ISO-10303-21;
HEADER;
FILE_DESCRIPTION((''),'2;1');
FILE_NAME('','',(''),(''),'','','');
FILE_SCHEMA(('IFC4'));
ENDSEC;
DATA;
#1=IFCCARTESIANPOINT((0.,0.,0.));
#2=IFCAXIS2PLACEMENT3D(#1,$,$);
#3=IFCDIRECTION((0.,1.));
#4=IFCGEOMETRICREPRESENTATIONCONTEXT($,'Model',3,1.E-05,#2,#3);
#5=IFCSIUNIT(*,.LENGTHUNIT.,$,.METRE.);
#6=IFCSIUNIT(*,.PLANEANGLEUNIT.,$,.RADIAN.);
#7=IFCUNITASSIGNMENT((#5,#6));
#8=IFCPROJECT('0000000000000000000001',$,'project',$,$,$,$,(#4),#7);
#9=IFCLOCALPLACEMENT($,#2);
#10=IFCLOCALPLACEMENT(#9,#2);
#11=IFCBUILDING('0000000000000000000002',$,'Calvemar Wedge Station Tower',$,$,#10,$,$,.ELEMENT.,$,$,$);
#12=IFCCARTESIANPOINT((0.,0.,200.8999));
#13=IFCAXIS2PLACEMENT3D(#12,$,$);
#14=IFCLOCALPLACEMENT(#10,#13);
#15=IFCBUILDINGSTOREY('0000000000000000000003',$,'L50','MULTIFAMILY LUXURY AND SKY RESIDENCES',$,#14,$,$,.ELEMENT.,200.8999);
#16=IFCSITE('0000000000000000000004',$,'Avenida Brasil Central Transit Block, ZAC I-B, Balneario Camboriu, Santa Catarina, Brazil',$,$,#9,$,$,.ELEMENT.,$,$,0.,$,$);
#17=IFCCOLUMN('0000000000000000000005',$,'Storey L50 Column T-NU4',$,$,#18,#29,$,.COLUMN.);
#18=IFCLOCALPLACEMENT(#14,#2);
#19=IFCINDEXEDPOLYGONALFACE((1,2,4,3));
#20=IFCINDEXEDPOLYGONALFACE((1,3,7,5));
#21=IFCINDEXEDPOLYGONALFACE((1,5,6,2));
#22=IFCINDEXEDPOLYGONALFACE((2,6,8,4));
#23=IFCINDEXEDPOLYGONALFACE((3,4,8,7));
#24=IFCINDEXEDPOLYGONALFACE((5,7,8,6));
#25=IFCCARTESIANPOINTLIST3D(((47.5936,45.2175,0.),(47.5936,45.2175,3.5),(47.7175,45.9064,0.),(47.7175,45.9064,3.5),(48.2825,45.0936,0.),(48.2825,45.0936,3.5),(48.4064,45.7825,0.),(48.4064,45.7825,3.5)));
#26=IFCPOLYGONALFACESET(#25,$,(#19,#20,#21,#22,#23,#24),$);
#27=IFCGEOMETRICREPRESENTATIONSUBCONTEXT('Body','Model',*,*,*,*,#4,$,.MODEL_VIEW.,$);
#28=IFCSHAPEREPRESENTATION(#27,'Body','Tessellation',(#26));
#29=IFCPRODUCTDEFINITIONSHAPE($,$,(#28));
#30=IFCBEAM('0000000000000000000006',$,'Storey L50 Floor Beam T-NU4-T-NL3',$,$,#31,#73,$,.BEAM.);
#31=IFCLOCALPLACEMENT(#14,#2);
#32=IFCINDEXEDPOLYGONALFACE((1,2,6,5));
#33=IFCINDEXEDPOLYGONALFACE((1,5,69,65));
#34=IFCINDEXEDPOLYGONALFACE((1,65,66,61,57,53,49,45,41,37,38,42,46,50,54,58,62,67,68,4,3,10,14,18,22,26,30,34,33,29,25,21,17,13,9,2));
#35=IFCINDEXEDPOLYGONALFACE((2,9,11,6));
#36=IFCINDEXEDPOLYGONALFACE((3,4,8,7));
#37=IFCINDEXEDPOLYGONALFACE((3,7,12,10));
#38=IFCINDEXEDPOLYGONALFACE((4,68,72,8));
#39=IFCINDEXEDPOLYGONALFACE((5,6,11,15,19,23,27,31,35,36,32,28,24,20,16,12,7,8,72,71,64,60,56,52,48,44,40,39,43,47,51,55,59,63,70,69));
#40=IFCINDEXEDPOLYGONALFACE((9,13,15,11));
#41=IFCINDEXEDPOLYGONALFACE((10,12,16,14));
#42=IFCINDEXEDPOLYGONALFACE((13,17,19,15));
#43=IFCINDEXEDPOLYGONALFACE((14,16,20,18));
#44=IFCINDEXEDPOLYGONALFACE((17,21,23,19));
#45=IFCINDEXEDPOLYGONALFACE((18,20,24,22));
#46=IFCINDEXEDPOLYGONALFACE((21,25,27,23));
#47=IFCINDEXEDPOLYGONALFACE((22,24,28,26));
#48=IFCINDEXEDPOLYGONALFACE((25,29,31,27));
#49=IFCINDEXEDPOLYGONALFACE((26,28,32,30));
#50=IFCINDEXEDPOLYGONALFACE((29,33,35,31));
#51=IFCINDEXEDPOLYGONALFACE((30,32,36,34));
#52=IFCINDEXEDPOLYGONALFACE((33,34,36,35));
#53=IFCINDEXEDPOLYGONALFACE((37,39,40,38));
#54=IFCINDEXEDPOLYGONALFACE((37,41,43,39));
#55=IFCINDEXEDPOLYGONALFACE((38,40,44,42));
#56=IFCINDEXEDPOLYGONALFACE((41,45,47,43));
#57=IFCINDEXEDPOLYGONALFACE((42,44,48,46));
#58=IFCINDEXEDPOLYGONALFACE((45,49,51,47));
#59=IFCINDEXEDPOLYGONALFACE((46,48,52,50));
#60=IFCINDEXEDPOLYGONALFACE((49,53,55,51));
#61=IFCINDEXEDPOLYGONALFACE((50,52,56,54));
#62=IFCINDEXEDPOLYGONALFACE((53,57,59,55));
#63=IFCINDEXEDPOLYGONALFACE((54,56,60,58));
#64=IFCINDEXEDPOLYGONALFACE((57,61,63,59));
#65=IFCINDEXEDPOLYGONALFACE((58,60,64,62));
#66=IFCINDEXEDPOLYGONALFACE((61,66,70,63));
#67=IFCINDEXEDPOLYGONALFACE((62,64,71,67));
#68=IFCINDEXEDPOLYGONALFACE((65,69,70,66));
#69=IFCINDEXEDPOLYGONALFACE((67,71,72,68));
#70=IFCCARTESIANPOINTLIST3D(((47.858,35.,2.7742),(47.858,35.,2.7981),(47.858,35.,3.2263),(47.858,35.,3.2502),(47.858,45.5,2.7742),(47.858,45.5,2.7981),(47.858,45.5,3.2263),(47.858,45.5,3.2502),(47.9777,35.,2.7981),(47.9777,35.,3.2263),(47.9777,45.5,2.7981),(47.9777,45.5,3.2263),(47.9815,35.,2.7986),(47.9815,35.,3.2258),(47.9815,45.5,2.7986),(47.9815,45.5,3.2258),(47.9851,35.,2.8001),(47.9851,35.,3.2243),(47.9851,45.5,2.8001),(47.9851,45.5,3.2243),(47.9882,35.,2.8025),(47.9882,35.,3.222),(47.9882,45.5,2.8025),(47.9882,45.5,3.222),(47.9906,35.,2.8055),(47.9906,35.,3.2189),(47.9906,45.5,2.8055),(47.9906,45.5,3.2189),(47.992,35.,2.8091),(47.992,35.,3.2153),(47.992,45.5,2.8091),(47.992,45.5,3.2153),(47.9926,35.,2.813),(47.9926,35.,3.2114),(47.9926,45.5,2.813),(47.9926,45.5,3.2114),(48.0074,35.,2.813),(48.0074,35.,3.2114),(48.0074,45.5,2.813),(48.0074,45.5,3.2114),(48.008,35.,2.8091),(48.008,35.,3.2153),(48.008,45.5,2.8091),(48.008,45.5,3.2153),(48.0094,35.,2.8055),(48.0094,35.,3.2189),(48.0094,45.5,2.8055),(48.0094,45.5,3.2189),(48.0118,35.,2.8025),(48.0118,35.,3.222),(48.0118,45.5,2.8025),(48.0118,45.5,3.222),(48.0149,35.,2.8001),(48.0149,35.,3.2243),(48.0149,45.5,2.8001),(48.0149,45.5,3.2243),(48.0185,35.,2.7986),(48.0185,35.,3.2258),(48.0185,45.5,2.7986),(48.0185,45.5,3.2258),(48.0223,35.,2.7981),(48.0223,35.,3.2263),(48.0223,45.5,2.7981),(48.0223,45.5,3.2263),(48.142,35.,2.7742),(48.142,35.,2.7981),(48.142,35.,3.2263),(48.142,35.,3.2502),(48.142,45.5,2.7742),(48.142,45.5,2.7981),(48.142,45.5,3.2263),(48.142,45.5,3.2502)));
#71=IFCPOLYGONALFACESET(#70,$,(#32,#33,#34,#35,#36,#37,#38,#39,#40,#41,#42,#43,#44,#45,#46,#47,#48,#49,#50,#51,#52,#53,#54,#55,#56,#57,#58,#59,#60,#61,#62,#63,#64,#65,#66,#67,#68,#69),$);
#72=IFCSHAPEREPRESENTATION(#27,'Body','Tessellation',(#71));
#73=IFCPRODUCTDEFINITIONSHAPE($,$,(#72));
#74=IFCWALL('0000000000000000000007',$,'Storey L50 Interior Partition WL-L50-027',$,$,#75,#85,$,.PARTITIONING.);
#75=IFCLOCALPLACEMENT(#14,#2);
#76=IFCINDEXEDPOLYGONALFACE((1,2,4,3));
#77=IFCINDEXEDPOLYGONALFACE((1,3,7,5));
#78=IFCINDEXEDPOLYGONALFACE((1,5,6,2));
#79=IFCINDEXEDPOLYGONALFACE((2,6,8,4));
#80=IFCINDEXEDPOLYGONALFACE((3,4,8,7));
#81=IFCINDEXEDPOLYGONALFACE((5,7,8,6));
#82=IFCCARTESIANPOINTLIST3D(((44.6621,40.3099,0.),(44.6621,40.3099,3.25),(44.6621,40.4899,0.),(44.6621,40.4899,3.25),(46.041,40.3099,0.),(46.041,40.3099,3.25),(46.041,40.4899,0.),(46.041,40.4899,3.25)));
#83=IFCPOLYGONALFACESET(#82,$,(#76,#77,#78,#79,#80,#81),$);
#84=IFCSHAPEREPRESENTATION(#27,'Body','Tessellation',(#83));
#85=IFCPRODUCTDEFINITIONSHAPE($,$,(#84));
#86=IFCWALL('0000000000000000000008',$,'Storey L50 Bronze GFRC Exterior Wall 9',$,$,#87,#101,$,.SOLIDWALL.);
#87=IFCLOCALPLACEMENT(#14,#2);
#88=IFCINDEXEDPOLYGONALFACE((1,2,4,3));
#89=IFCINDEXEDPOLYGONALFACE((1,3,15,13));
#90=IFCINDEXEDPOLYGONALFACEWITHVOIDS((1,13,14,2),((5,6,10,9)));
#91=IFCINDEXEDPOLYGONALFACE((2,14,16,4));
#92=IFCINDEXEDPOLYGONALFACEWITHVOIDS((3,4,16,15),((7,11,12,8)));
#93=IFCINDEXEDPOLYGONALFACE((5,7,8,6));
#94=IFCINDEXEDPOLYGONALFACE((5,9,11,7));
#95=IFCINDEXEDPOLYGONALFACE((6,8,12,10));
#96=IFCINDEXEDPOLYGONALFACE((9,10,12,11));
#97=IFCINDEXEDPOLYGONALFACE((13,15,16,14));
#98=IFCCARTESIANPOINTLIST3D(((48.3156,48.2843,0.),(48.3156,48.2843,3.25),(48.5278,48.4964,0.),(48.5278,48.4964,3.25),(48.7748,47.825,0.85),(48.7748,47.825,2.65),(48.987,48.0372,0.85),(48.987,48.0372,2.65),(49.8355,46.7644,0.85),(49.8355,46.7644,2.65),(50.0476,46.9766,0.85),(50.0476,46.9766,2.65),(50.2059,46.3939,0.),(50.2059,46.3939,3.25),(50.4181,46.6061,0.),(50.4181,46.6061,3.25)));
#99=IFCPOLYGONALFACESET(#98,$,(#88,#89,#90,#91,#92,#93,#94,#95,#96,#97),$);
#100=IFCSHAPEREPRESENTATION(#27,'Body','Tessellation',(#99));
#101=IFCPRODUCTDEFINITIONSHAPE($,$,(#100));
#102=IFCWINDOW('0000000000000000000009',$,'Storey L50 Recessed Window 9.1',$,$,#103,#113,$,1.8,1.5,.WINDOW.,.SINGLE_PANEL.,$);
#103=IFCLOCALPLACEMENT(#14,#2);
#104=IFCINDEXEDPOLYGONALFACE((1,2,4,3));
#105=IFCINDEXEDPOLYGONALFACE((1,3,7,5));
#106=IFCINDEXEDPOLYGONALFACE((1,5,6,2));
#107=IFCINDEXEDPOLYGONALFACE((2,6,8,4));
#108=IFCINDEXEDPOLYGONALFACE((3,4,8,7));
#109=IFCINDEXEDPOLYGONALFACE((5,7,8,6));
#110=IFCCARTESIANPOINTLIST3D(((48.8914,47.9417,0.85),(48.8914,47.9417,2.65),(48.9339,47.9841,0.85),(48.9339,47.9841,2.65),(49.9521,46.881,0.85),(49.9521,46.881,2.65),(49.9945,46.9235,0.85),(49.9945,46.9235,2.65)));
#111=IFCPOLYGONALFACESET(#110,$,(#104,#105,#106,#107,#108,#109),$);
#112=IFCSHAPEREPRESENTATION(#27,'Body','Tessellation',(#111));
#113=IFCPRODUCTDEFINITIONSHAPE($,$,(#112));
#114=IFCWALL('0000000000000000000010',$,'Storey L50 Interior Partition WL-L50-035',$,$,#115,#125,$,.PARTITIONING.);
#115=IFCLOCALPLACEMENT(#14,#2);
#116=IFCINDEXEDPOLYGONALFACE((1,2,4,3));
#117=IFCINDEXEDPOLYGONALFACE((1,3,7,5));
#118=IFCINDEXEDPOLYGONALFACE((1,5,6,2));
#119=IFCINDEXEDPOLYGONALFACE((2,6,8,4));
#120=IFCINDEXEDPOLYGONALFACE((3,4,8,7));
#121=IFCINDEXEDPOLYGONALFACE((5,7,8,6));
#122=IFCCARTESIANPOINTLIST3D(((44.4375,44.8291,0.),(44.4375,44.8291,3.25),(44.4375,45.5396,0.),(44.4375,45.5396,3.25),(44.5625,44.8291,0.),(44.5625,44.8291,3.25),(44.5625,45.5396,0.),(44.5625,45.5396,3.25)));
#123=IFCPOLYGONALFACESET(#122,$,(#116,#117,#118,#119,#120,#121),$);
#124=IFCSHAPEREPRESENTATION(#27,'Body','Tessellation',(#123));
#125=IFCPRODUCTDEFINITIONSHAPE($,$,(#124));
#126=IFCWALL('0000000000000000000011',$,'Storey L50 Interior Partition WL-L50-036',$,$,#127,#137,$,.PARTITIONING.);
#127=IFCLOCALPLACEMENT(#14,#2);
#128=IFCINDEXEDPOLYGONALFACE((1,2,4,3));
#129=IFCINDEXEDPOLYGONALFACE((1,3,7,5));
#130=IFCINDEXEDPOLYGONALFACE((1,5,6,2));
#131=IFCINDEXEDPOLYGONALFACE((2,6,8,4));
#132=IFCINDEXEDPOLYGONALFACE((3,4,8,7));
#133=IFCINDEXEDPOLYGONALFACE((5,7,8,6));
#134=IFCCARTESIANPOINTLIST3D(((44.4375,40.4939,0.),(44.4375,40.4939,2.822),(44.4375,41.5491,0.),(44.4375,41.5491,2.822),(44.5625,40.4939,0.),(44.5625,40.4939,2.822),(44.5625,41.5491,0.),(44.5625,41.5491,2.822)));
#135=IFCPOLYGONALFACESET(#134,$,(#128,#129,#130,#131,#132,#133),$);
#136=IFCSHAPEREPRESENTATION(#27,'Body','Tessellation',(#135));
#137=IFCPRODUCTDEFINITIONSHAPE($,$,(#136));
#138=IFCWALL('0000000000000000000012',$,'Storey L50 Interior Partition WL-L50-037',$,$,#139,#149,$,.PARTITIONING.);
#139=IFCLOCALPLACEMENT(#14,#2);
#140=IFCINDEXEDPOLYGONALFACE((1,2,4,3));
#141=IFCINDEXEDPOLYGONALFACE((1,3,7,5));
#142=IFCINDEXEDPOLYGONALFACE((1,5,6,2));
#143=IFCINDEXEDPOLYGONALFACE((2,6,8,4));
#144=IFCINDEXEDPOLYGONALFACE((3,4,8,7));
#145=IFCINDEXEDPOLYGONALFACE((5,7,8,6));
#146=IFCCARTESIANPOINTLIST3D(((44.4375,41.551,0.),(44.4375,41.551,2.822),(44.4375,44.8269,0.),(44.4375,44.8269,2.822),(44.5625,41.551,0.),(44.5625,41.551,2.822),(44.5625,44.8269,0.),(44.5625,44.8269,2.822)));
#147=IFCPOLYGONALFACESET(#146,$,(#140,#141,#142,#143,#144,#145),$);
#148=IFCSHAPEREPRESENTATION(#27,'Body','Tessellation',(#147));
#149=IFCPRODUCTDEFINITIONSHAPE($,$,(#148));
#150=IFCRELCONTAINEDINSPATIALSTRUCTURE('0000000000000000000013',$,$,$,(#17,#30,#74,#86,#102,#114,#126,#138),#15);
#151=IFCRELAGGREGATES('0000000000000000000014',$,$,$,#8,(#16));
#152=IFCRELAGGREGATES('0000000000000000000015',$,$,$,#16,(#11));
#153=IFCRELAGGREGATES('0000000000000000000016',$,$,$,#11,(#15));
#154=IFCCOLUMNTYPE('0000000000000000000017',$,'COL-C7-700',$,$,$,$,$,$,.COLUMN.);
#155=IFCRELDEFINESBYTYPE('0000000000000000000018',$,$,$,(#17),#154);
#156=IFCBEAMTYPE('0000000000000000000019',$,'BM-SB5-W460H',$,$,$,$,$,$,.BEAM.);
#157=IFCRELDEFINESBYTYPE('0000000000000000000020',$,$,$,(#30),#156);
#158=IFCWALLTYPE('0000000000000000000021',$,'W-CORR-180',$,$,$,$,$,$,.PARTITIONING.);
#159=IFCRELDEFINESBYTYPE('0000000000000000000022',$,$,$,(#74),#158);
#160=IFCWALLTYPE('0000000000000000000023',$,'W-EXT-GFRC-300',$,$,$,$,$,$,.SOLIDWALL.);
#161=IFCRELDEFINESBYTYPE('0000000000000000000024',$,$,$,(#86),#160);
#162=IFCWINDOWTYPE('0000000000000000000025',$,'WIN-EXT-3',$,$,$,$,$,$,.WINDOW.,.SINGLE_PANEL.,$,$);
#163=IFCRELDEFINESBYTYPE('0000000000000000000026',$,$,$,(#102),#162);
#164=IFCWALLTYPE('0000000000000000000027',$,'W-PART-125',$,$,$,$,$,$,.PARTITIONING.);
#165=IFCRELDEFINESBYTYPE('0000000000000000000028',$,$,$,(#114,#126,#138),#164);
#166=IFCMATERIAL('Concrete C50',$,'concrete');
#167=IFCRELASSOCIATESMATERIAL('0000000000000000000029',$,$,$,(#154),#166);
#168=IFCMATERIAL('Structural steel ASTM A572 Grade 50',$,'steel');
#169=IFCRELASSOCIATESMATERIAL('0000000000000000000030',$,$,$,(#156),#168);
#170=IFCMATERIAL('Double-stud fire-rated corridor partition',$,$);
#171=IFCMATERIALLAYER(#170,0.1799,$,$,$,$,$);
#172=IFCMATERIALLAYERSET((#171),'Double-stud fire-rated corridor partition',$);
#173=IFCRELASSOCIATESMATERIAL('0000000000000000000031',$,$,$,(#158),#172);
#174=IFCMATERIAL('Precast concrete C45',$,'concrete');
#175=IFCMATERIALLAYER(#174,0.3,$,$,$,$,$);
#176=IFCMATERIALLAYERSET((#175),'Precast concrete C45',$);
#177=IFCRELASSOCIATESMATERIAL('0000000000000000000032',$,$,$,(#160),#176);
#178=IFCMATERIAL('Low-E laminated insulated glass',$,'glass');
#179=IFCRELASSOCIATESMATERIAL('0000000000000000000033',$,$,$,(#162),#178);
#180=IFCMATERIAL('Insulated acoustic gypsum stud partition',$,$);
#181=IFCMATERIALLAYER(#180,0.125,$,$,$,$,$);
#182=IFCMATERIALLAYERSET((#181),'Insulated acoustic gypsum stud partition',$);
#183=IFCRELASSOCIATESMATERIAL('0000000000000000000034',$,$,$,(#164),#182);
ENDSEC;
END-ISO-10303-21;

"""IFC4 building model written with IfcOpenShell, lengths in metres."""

from ifc_helpers import new_model, si_unit, direction, frame, frame_2d, origin, origin_2d, place, context, subcontext, project, spatial, rectangle, i_section, extrude, source, transform, mapped, material, layer, layer_set, material_profile, profile_set, type_object, element, fill, save


model = new_model("IFC4")

# Units and contexts
model_context = context("Model", 3, precision=1e-05, world=origin(), true_north=direction((0.0, 1.0)))
body_context = subcontext(model_context, "Body", "Model", "MODEL_VIEW")
ifc_project = project(units=[si_unit("LENGTHUNIT", "METRE"), si_unit("PLANEANGLEUNIT", "RADIAN")], contexts=[model_context])

# Site, building, storey
site_placement = place(None, origin())
site = spatial("IfcSite", under=ifc_project, at=site_placement, Name="Avenida Brasil Central Transit Block, ZAC I-B, Balneario Camboriu, Santa Catarina, Brazil", CompositionType="ELEMENT", RefElevation=0.0)
building_placement = place(site_placement, origin())
building = spatial("IfcBuilding", under=site, at=building_placement, Name="Calvemar Wedge Station Tower", CompositionType="ELEMENT")
storey_placement = place(building_placement, frame((0.0, 0.0, 200.8999)))
storey = spatial("IfcBuildingStorey", under=building, at=storey_placement, Name="L50", Description="MULTIFAMILY LUXURY AND SKY RESIDENCES", CompositionType="ELEMENT", Elevation=200.8999)

# Column
ifc_material_1 = material(Name="Concrete C50", Category="concrete")
ifc_material_profile_1 = material_profile(ifc_material_1, rectangle(XDim=0.7, YDim=0.7, at=origin_2d()), Name="RC700x700")
ifc_profile_set_1 = profile_set([ifc_material_profile_1], Name="Concrete C50")
column_type = type_object("IfcColumnType", Name="COL-C7-700", PredefinedType="COLUMN", material=ifc_profile_set_1)
shared_shape_1 = source(origin(), body_context, "Body", "SweptSolid", [
    extrude(rectangle(XDim=0.7, YDim=0.7, at=origin_2d()), origin(), (0.0, 0.0, 1.0), 3.5),
])
column_placement = place(storey_placement, frame((48.0, 45.5, 0.0), z_axis=(0.0, 0.0, 1.0), x_axis=(0.984196, -0.177085, 0.0)))
element("IfcColumn", 1, at=column_placement, inside=storey, type_object=column_type, Name="Storey L50 Column T-NU4", PredefinedType="COLUMN", context=body_context, shape_type="MappedRepresentation", body=[
    mapped(shared_shape_1, transform((0.0, 0.0, 0.0), scale=1.0)),
])

# Beam
ifc_material_2 = material(Name="Structural steel ASTM A572 Grade 50", Category="steel")
ifc_material_profile_2 = material_profile(ifc_material_2, i_section(OverallWidth=0.2839, OverallDepth=0.4761, WebThickness=0.0149, FlangeThickness=0.0239, FilletRadius=0.0149, at=origin_2d()), Name="W460x158")
ifc_profile_set_2 = profile_set([ifc_material_profile_2], Name="Structural steel ASTM A572 Grade 50")
beam_type = type_object("IfcBeamType", Name="BM-SB5-W460H", PredefinedType="BEAM", material=ifc_profile_set_2)
shared_shape_2 = source(origin(), body_context, "Body", "SweptSolid", [
    extrude(i_section(OverallWidth=0.2839, OverallDepth=0.4761, WebThickness=0.0149, FlangeThickness=0.0239, FilletRadius=0.0149, at=origin_2d()), origin(), (0.0, 0.0, 1.0), 10.5),
])
beam_placement = place(storey_placement, frame((48.0, 45.5, 3.0122), z_axis=(0.0, -1.0, 0.0), x_axis=(1.0, 0.0, 0.0)))
element("IfcBeam", 2, at=beam_placement, inside=storey, type_object=beam_type, Name="Storey L50 Floor Beam T-NU4-T-NL3", PredefinedType="BEAM", context=body_context, shape_type="MappedRepresentation", body=[
    mapped(shared_shape_2, transform((0.0, 0.0, 0.0), scale=1.0)),
])

# Shared definitions
ifc_material_3 = material(Name="Double-stud fire-rated corridor partition")
ifc_layer_1 = layer(ifc_material_3, 0.1799)
ifc_layer_set_1 = layer_set([ifc_layer_1], Name="Double-stud fire-rated corridor partition")
wall_type_1 = type_object("IfcWallType", Name="W-CORR-180", PredefinedType="PARTITIONING", material=ifc_layer_set_1)

# Wall
wall_1_placement = place(storey_placement, frame((44.6621, 40.3999, 0.0), z_axis=(0.0, 0.0, 1.0), x_axis=(1.0, 0.0, 0.0)))
element("IfcWall", 3, at=wall_1_placement, inside=storey, type_object=wall_type_1, Name="Storey L50 Interior Partition WL-L50-027", PredefinedType="PARTITIONING", context=body_context, shape_type="SweptSolid", body=[
    extrude(rectangle(XDim=1.3789, YDim=0.1799, at=frame_2d((0.6895, 0.0))), origin(), (0.0, 0.0, 1.0), 3.25),
])

# Wall, opening, window
ifc_material_4 = material(Name="Precast concrete C45", Category="concrete")
ifc_layer_2 = layer(ifc_material_4, 0.3)
ifc_layer_set_2 = layer_set([ifc_layer_2], Name="Precast concrete C45")
wall_type_2 = type_object("IfcWallType", Name="W-EXT-GFRC-300", PredefinedType="SOLIDWALL", material=ifc_layer_set_2)
wall_2_placement = place(storey_placement, frame((50.312, 46.5, 0.0), z_axis=(0.0, 0.0, 1.0), x_axis=(-0.707107, 0.707107, 0.0)))
wall_2 = element("IfcWall", 4, at=wall_2_placement, inside=storey, type_object=wall_type_2, Name="Storey L50 Bronze GFRC Exterior Wall 9", PredefinedType="SOLIDWALL", context=body_context, shape_type="SweptSolid", body=[
    extrude(rectangle(XDim=2.6733, YDim=0.3, at=frame_2d((1.3367, 0.0))), origin(), (0.0, 0.0, 1.0), 3.25),
])
shared_shape_3 = source(origin(), body_context, "Body", "SweptSolid", [
    extrude(rectangle(XDim=1.5, YDim=1.8, at=frame_2d((0.75, 0.8999))), frame((0.0, 0.1602, 0.0), z_axis=(0.0, -1.0, 0.0), x_axis=(1.0, 0.0, 0.0)), (0.0, 0.0, 1.0), 0.3201),
])
opening_1_placement = place(wall_2_placement, frame((0.5239, 0.0, 0.8501)))
opening_1 = element("IfcOpeningElement", 5, at=opening_1_placement, cuts=wall_2, PredefinedType="OPENING", context=body_context, shape_type="MappedRepresentation", body=[
    mapped(shared_shape_3, transform((0.0, 0.0, 0.0), scale=1.0)),
])
ifc_material_5 = material(Name="Low-E laminated insulated glass", Category="glass")
window_type = type_object("IfcWindowType", Name="WIN-EXT-3", PartitioningType="SINGLE_PANEL", PredefinedType="WINDOW", material=ifc_material_5)
shared_shape_4 = source(origin(), body_context, "Body", "SweptSolid", [
    extrude(rectangle(XDim=1.5, YDim=1.8, at=frame_2d((0.75, 0.8999))), frame((0.0, -0.0149, 0.0), z_axis=(0.0, -1.0, 0.0), x_axis=(1.0, 0.0, 0.0)), (0.0, 0.0, 1.0), 0.0601),
])
window_placement = place(opening_1_placement, origin())
window = element("IfcWindow", 6, at=window_placement, inside=storey, type_object=window_type, Name="Storey L50 Recessed Window 9.1", OverallHeight=1.8, OverallWidth=1.5, PartitioningType="SINGLE_PANEL", PredefinedType="WINDOW", context=body_context, shape_type="MappedRepresentation", body=[
    mapped(shared_shape_4, transform((0.0, 0.0, 0.0), scale=1.0)),
])
fill(opening_1, window)

# Walls
ifc_material_6 = material(Name="Insulated acoustic gypsum stud partition")
ifc_layer_3 = layer(ifc_material_6, 0.125)
ifc_layer_set_3 = layer_set([ifc_layer_3], Name="Insulated acoustic gypsum stud partition")
wall_type_3 = type_object("IfcWallType", Name="W-PART-125", PredefinedType="PARTITIONING", material=ifc_layer_set_3)
wall_3_placement = place(storey_placement, frame((44.5, 45.5396, 0.0), z_axis=(0.0, 0.0, 1.0), x_axis=(0.0, -1.0, 0.0)))
element("IfcWall", 7, at=wall_3_placement, inside=storey, type_object=wall_type_3, Name="Storey L50 Interior Partition WL-L50-035", PredefinedType="PARTITIONING", context=body_context, shape_type="SweptSolid", body=[
    extrude(rectangle(XDim=0.7104, YDim=0.125, at=frame_2d((0.3552, 0.0))), origin(), (0.0, 0.0, 1.0), 3.25),
])
wall_4_placement = place(storey_placement, frame((44.5, 41.5491, 0.0), z_axis=(0.0, 0.0, 1.0), x_axis=(0.0, -1.0, 0.0)))
element("IfcWall", 8, at=wall_4_placement, inside=storey, type_object=wall_type_3, Name="Storey L50 Interior Partition WL-L50-036", PredefinedType="PARTITIONING", context=body_context, shape_type="SweptSolid", body=[
    extrude(rectangle(XDim=1.0552, YDim=0.125, at=frame_2d((0.5276, 0.0))), origin(), (0.0, 0.0, 1.0), 2.822),
])
wall_5_placement = place(storey_placement, frame((44.5, 44.8269, 0.0), z_axis=(0.0, 0.0, 1.0), x_axis=(0.0, -1.0, 0.0)))
element("IfcWall", 9, at=wall_5_placement, inside=storey, type_object=wall_type_3, Name="Storey L50 Interior Partition WL-L50-037", PredefinedType="PARTITIONING", context=body_context, shape_type="SweptSolid", body=[
    extrude(rectangle(XDim=3.2759, YDim=0.125, at=frame_2d((1.6379, 0.0))), origin(), (0.0, 0.0, 1.0), 2.822),
])

save(model, "model.ifc")
